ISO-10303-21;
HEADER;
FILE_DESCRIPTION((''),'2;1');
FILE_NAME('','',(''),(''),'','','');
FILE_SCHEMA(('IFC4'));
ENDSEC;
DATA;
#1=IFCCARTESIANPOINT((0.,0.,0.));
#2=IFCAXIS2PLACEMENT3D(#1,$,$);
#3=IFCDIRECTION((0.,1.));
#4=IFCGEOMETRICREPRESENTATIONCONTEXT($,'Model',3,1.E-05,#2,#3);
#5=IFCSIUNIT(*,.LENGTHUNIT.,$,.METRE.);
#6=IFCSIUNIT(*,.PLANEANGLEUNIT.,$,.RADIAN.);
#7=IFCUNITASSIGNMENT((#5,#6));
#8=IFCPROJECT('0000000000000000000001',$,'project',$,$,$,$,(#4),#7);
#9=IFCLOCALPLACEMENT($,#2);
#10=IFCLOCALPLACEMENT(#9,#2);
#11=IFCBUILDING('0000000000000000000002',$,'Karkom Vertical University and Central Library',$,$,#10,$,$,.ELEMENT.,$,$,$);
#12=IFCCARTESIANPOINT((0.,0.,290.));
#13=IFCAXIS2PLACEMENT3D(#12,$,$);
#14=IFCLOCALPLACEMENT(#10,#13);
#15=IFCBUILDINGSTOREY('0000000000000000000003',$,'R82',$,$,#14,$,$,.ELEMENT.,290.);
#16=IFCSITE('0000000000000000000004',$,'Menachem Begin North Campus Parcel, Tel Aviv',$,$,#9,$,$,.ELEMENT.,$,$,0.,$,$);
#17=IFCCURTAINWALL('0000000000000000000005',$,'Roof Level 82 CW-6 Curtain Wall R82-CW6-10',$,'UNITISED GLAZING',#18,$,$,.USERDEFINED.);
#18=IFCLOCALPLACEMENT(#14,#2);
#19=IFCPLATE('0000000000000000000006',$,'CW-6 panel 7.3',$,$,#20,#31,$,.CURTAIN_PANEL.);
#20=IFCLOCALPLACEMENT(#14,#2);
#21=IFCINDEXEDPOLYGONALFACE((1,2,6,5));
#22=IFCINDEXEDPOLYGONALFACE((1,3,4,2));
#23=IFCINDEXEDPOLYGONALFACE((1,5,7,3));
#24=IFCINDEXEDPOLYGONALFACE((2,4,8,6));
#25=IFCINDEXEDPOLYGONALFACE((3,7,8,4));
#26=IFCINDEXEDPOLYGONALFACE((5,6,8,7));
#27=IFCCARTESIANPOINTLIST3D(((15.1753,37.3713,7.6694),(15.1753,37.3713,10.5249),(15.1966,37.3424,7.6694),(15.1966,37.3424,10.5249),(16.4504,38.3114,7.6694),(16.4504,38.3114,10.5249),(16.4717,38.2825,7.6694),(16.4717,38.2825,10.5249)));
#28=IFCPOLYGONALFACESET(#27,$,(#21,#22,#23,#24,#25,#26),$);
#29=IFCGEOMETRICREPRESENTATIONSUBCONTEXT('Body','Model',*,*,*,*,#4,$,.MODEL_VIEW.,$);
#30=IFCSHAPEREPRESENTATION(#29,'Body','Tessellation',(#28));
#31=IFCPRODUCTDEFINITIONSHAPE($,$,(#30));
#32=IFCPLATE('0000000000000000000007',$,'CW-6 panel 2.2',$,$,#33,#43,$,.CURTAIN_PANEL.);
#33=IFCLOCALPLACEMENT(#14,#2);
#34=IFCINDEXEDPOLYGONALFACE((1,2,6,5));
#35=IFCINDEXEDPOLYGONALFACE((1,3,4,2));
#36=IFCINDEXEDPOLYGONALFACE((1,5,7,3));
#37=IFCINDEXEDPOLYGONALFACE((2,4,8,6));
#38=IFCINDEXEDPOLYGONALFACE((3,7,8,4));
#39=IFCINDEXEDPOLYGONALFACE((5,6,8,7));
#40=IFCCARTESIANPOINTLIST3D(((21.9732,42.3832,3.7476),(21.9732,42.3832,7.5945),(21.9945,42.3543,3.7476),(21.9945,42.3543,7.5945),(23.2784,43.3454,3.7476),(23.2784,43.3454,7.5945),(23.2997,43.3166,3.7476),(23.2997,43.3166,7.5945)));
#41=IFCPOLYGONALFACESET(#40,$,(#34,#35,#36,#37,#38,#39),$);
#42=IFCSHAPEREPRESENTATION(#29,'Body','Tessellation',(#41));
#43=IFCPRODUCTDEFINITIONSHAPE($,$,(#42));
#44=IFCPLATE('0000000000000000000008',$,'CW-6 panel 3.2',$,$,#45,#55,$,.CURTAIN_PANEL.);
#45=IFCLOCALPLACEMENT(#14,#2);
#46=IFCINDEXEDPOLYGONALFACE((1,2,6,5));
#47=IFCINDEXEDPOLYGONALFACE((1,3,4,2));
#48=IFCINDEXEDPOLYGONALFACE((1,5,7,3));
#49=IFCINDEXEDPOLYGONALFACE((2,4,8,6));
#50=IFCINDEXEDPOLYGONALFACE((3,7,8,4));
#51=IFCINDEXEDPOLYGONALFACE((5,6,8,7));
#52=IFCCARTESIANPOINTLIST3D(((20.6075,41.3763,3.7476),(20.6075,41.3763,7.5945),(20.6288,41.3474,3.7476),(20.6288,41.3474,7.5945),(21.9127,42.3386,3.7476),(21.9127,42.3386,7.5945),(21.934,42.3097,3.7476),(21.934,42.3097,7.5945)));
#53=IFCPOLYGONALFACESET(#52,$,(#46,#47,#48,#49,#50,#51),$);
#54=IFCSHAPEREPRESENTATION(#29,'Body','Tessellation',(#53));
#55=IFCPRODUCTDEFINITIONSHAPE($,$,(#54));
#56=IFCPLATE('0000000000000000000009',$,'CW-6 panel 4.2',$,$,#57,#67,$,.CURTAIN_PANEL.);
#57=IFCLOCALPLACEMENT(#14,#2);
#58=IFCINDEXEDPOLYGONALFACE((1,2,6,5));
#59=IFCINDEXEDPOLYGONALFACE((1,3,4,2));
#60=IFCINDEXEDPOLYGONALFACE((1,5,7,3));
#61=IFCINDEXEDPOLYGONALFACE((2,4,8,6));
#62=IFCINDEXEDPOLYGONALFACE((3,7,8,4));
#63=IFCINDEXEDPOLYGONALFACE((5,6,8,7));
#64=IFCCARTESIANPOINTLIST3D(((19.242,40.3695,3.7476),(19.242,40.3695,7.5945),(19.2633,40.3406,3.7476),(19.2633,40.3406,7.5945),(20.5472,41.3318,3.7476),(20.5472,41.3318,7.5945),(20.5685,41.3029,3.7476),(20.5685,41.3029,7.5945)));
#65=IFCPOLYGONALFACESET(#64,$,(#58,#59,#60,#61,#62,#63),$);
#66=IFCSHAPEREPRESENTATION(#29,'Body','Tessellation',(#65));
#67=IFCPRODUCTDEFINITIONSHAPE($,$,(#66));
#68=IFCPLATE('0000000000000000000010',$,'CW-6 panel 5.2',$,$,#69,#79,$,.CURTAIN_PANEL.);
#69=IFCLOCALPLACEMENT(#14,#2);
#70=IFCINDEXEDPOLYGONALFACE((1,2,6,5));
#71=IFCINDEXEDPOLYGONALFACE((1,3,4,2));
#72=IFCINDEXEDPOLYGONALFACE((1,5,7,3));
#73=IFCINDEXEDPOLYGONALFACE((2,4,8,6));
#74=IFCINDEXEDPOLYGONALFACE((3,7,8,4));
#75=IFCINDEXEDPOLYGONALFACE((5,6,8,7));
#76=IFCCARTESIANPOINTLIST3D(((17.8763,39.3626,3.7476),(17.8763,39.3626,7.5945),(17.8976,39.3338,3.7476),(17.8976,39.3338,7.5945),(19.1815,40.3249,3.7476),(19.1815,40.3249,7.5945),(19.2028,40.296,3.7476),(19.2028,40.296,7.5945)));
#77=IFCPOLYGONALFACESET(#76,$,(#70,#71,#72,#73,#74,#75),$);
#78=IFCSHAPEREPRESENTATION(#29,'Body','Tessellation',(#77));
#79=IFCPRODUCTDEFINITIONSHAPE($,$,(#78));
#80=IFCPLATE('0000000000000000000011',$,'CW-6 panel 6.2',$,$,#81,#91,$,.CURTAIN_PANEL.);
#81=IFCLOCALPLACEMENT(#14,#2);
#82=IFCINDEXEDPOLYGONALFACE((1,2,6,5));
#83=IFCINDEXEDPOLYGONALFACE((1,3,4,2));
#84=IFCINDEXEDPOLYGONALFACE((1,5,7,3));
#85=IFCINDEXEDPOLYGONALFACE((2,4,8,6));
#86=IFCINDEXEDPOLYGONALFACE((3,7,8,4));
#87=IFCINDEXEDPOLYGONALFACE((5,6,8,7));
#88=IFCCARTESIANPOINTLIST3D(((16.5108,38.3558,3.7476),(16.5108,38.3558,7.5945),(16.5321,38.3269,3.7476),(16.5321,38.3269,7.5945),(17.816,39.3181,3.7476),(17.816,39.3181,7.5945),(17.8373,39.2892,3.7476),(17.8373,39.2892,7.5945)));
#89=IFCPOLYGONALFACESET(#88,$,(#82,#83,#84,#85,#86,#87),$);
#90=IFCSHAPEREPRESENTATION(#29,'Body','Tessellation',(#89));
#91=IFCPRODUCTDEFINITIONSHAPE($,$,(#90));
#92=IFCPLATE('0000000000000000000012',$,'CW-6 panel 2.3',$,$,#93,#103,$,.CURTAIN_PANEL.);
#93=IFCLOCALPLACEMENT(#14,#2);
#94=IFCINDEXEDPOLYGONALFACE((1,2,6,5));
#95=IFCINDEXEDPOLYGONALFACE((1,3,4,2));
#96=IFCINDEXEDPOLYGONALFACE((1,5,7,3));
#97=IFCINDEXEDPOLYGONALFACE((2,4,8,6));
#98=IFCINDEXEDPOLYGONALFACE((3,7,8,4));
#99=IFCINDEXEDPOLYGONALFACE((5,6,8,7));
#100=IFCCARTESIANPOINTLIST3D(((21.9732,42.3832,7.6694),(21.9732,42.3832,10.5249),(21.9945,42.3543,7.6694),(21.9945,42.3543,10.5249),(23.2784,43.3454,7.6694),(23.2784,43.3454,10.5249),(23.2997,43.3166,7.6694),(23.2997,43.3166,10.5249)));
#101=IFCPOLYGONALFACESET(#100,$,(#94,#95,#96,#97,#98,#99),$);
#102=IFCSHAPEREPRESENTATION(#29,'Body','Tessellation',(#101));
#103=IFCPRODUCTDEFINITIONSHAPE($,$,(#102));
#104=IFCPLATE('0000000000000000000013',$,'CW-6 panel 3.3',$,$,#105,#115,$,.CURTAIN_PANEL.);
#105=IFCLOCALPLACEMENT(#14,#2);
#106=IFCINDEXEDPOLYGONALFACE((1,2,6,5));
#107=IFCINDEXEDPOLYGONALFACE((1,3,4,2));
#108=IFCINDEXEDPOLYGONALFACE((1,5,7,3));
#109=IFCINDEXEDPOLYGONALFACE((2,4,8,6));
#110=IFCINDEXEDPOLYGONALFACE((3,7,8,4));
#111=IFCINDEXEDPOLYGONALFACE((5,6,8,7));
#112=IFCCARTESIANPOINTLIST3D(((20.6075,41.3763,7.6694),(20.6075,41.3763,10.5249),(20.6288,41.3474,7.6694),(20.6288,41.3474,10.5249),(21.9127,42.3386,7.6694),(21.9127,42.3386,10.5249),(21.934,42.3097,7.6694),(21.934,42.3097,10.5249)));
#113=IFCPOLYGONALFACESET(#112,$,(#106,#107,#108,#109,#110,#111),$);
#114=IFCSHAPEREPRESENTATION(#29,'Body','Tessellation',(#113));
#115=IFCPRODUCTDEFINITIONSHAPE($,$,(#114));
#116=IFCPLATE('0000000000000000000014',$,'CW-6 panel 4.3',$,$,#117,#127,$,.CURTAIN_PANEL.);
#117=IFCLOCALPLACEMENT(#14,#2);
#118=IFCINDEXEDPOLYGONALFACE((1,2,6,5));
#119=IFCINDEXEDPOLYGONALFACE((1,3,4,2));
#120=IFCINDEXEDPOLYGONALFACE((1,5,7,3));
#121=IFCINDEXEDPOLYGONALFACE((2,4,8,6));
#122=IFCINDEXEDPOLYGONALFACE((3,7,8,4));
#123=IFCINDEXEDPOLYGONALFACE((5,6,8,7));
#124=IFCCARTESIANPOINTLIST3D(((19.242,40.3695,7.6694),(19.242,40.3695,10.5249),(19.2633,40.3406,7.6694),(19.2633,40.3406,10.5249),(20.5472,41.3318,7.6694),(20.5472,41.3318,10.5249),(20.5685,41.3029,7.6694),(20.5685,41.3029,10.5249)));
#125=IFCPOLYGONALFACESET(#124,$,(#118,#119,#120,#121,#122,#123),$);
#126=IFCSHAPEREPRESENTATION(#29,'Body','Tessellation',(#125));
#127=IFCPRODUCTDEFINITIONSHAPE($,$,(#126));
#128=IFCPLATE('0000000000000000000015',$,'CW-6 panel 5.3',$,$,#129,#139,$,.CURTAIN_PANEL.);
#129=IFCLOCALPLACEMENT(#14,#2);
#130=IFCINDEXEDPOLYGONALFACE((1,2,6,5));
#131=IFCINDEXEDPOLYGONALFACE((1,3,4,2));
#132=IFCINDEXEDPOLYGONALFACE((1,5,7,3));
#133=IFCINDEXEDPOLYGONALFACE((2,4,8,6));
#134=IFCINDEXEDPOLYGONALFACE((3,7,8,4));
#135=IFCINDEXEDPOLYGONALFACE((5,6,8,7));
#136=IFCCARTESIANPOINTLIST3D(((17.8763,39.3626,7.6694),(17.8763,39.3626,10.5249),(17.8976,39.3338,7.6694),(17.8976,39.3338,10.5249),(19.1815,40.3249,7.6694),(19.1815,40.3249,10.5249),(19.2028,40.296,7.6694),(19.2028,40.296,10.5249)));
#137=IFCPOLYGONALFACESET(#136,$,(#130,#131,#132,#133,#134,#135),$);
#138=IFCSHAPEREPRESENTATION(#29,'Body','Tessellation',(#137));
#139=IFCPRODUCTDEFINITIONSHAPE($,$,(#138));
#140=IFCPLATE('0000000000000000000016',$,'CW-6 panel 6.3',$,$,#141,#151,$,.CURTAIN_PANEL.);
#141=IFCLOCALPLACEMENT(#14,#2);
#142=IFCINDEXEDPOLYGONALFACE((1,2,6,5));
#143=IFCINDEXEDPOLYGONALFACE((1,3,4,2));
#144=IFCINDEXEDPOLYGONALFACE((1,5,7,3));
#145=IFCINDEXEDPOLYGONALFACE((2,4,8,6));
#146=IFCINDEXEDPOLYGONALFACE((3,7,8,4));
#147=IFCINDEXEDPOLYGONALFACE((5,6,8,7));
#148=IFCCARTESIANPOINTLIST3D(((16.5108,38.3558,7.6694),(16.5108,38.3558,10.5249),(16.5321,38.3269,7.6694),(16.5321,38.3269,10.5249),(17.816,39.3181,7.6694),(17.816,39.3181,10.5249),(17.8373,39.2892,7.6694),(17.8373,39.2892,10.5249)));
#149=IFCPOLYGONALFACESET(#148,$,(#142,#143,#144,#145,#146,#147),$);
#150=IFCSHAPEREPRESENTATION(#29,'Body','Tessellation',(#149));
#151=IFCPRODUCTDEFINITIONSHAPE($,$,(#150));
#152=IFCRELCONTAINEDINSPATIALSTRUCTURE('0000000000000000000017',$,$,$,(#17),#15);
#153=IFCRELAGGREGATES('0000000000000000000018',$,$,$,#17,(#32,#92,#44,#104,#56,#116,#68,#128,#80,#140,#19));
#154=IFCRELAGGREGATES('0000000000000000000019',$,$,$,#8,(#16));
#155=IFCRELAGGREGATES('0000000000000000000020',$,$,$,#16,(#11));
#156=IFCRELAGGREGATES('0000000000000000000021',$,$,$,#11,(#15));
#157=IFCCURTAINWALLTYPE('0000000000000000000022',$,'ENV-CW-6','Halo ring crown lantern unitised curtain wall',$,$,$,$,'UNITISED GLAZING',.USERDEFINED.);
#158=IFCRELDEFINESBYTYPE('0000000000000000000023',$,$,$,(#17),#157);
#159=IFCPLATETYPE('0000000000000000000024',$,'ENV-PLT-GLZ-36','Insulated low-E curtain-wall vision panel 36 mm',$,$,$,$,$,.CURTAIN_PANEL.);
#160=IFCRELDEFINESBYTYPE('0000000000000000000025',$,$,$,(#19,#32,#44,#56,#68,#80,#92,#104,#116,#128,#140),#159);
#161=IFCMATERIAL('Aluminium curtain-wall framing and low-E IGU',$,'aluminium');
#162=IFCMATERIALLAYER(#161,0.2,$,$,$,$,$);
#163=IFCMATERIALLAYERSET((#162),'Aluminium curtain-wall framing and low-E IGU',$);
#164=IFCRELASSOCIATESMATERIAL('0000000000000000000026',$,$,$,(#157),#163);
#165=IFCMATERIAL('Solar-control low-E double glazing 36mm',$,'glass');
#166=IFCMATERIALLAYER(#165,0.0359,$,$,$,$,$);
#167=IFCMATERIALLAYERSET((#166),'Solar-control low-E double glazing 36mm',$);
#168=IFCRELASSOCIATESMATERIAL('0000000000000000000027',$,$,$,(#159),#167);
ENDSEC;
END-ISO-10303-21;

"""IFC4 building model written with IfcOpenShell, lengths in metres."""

from ifc_helpers import new_model, si_unit, direction, frame, origin, origin_with_axes, origin_2d, place, context, subcontext, project, spatial, rectangle, extrude, source, transform, mapped, material, layer, layer_set, type_object, element, aggregate, save


model = new_model("IFC4")

# Units and contexts
model_context = context("Model", 3, precision=1e-05, world=origin(), true_north=direction((0.0, 1.0)))
body_context = subcontext(model_context, "Body", "Model", "MODEL_VIEW")
ifc_project = project(units=[si_unit("LENGTHUNIT", "METRE"), si_unit("PLANEANGLEUNIT", "RADIAN")], contexts=[model_context])

# Site, building, storey
site_placement = place(None, origin())
site = spatial("IfcSite", under=ifc_project, at=site_placement, Name="Menachem Begin North Campus Parcel, Tel Aviv", CompositionType="ELEMENT", RefElevation=0.0)
building_placement = place(site_placement, origin())
building = spatial("IfcBuilding", under=site, at=building_placement, Name="Karkom Vertical University and Central Library", CompositionType="ELEMENT")
storey_placement = place(building_placement, frame((0.0, 0.0, 290.0)))
storey = spatial("IfcBuildingStorey", under=building, at=storey_placement, Name="R82", CompositionType="ELEMENT", Elevation=290.0)

# Curtain wall, plates
ifc_material_1 = material(Name="Aluminium curtain-wall framing and low-E IGU", Category="aluminium")
ifc_layer_1 = layer(ifc_material_1, 0.2)
ifc_layer_set_1 = layer_set([ifc_layer_1], Name="Aluminium curtain-wall framing and low-E IGU")
curtain_wall_type = type_object("IfcCurtainWallType", Name="ENV-CW-6", Description="Halo ring crown lantern unitised curtain wall", ElementType="UNITISED GLAZING", PredefinedType="USERDEFINED", material=ifc_layer_set_1)
curtain_wall_placement = place(storey_placement, origin())
curtain_wall = element("IfcCurtainWall", 1, at=curtain_wall_placement, inside=storey, type_object=curtain_wall_type, Name="Roof Level 82 CW-6 Curtain Wall R82-CW6-10", ObjectType="UNITISED GLAZING", PredefinedType="USERDEFINED")
ifc_material_2 = material(Name="Solar-control low-E double glazing 36mm", Category="glass")
ifc_layer_2 = layer(ifc_material_2, 0.0359)
ifc_layer_set_2 = layer_set([ifc_layer_2], Name="Solar-control low-E double glazing 36mm")
plate_type = type_object("IfcPlateType", Name="ENV-PLT-GLZ-36", Description="Insulated low-E curtain-wall vision panel 36 mm", PredefinedType="CURTAIN_PANEL", material=ifc_layer_set_2)
shared_shape_1 = source(origin_with_axes(), body_context, "Body", "SweptSolid", [
    extrude(rectangle(XDim=1.5842, YDim=0.0359, at=origin_2d()), origin(), (0.0, 0.0, 1.0), 2.8555),
])
plate_1_placement = place(storey_placement, frame((15.8235, 37.8269, 7.6694), z_axis=(0.0, 0.0, 1.0), x_axis=(-0.804887, -0.593428, 0.0)))
plate_1 = element("IfcPlate", 2, at=plate_1_placement, type_object=plate_type, Name="CW-6 panel 7.3", PredefinedType="CURTAIN_PANEL", context=body_context, shape_type="MappedRepresentation", body=[
    mapped(shared_shape_1, transform((0.0, 0.0, 0.0), scale=1.0)),
])
shared_shape_2 = source(origin_with_axes(), body_context, "Body", "SweptSolid", [
    extrude(rectangle(XDim=1.6216, YDim=0.0359, at=origin_2d()), origin(), (0.0, 0.0, 1.0), 3.8469),
])
plate_2_placement = place(storey_placement, frame((22.6365, 42.8499, 3.7476), z_axis=(0.0, 0.0, 1.0), x_axis=(-0.804887, -0.593428, 0.0)))
plate_2 = element("IfcPlate", 3, at=plate_2_placement, type_object=plate_type, Name="CW-6 panel 2.2", PredefinedType="CURTAIN_PANEL", context=body_context, shape_type="MappedRepresentation", body=[
    mapped(shared_shape_2, transform((0.0, 0.0, 0.0), scale=1.0)),
])
plate_3_placement = place(storey_placement, frame((21.2708, 41.843, 3.7476), z_axis=(0.0, 0.0, 1.0), x_axis=(-0.804887, -0.593428, 0.0)))
plate_3 = element("IfcPlate", 4, at=plate_3_placement, type_object=plate_type, Name="CW-6 panel 3.2", PredefinedType="CURTAIN_PANEL", context=body_context, shape_type="MappedRepresentation", body=[
    mapped(shared_shape_2, transform((0.0, 0.0, 0.0), scale=1.0)),
])
plate_4_placement = place(storey_placement, frame((19.9053, 40.8362, 3.7476), z_axis=(0.0, 0.0, 1.0), x_axis=(-0.804887, -0.593428, 0.0)))
plate_4 = element("IfcPlate", 5, at=plate_4_placement, type_object=plate_type, Name="CW-6 panel 4.2", PredefinedType="CURTAIN_PANEL", context=body_context, shape_type="MappedRepresentation", body=[
    mapped(shared_shape_2, transform((0.0, 0.0, 0.0), scale=1.0)),
])
plate_5_placement = place(storey_placement, frame((18.5396, 39.8293, 3.7476), z_axis=(0.0, 0.0, 1.0), x_axis=(-0.804887, -0.593428, 0.0)))
plate_5 = element("IfcPlate", 6, at=plate_5_placement, type_object=plate_type, Name="CW-6 panel 5.2", PredefinedType="CURTAIN_PANEL", context=body_context, shape_type="MappedRepresentation", body=[
    mapped(shared_shape_2, transform((0.0, 0.0, 0.0), scale=1.0)),
])
plate_6_placement = place(storey_placement, frame((17.1741, 38.8225, 3.7476), z_axis=(0.0, 0.0, 1.0), x_axis=(-0.804887, -0.593428, 0.0)))
plate_6 = element("IfcPlate", 7, at=plate_6_placement, type_object=plate_type, Name="CW-6 panel 6.2", PredefinedType="CURTAIN_PANEL", context=body_context, shape_type="MappedRepresentation", body=[
    mapped(shared_shape_2, transform((0.0, 0.0, 0.0), scale=1.0)),
])
shared_shape_3 = source(origin_with_axes(), body_context, "Body", "SweptSolid", [
    extrude(rectangle(XDim=1.6216, YDim=0.0359, at=origin_2d()), origin(), (0.0, 0.0, 1.0), 2.8555),
])
plate_7_placement = place(storey_placement, frame((22.6365, 42.8499, 7.6694), z_axis=(0.0, 0.0, 1.0), x_axis=(-0.804887, -0.593428, 0.0)))
plate_7 = element("IfcPlate", 8, at=plate_7_placement, type_object=plate_type, Name="CW-6 panel 2.3", PredefinedType="CURTAIN_PANEL", context=body_context, shape_type="MappedRepresentation", body=[
    mapped(shared_shape_3, transform((0.0, 0.0, 0.0), scale=1.0)),
])
plate_8_placement = place(storey_placement, frame((21.2708, 41.843, 7.6694), z_axis=(0.0, 0.0, 1.0), x_axis=(-0.804887, -0.593428, 0.0)))
plate_8 = element("IfcPlate", 9, at=plate_8_placement, type_object=plate_type, Name="CW-6 panel 3.3", PredefinedType="CURTAIN_PANEL", context=body_context, shape_type="MappedRepresentation", body=[
    mapped(shared_shape_3, transform((0.0, 0.0, 0.0), scale=1.0)),
])
plate_9_placement = place(storey_placement, frame((19.9053, 40.8362, 7.6694), z_axis=(0.0, 0.0, 1.0), x_axis=(-0.804887, -0.593428, 0.0)))
plate_9 = element("IfcPlate", 10, at=plate_9_placement, type_object=plate_type, Name="CW-6 panel 4.3", PredefinedType="CURTAIN_PANEL", context=body_context, shape_type="MappedRepresentation", body=[
    mapped(shared_shape_3, transform((0.0, 0.0, 0.0), scale=1.0)),
])
plate_10_placement = place(storey_placement, frame((18.5396, 39.8293, 7.6694), z_axis=(0.0, 0.0, 1.0), x_axis=(-0.804887, -0.593428, 0.0)))
plate_10 = element("IfcPlate", 11, at=plate_10_placement, type_object=plate_type, Name="CW-6 panel 5.3", PredefinedType="CURTAIN_PANEL", context=body_context, shape_type="MappedRepresentation", body=[
    mapped(shared_shape_3, transform((0.0, 0.0, 0.0), scale=1.0)),
])
plate_11_placement = place(storey_placement, frame((17.1741, 38.8225, 7.6694), z_axis=(0.0, 0.0, 1.0), x_axis=(-0.804887, -0.593428, 0.0)))
plate_11 = element("IfcPlate", 12, at=plate_11_placement, type_object=plate_type, Name="CW-6 panel 6.3", PredefinedType="CURTAIN_PANEL", context=body_context, shape_type="MappedRepresentation", body=[
    mapped(shared_shape_3, transform((0.0, 0.0, 0.0), scale=1.0)),
])
aggregate(curtain_wall, [plate_2, plate_7, plate_3, plate_8, plate_4, plate_9, plate_5, plate_10, plate_6, plate_11, plate_1])

save(model, "model.ifc")
